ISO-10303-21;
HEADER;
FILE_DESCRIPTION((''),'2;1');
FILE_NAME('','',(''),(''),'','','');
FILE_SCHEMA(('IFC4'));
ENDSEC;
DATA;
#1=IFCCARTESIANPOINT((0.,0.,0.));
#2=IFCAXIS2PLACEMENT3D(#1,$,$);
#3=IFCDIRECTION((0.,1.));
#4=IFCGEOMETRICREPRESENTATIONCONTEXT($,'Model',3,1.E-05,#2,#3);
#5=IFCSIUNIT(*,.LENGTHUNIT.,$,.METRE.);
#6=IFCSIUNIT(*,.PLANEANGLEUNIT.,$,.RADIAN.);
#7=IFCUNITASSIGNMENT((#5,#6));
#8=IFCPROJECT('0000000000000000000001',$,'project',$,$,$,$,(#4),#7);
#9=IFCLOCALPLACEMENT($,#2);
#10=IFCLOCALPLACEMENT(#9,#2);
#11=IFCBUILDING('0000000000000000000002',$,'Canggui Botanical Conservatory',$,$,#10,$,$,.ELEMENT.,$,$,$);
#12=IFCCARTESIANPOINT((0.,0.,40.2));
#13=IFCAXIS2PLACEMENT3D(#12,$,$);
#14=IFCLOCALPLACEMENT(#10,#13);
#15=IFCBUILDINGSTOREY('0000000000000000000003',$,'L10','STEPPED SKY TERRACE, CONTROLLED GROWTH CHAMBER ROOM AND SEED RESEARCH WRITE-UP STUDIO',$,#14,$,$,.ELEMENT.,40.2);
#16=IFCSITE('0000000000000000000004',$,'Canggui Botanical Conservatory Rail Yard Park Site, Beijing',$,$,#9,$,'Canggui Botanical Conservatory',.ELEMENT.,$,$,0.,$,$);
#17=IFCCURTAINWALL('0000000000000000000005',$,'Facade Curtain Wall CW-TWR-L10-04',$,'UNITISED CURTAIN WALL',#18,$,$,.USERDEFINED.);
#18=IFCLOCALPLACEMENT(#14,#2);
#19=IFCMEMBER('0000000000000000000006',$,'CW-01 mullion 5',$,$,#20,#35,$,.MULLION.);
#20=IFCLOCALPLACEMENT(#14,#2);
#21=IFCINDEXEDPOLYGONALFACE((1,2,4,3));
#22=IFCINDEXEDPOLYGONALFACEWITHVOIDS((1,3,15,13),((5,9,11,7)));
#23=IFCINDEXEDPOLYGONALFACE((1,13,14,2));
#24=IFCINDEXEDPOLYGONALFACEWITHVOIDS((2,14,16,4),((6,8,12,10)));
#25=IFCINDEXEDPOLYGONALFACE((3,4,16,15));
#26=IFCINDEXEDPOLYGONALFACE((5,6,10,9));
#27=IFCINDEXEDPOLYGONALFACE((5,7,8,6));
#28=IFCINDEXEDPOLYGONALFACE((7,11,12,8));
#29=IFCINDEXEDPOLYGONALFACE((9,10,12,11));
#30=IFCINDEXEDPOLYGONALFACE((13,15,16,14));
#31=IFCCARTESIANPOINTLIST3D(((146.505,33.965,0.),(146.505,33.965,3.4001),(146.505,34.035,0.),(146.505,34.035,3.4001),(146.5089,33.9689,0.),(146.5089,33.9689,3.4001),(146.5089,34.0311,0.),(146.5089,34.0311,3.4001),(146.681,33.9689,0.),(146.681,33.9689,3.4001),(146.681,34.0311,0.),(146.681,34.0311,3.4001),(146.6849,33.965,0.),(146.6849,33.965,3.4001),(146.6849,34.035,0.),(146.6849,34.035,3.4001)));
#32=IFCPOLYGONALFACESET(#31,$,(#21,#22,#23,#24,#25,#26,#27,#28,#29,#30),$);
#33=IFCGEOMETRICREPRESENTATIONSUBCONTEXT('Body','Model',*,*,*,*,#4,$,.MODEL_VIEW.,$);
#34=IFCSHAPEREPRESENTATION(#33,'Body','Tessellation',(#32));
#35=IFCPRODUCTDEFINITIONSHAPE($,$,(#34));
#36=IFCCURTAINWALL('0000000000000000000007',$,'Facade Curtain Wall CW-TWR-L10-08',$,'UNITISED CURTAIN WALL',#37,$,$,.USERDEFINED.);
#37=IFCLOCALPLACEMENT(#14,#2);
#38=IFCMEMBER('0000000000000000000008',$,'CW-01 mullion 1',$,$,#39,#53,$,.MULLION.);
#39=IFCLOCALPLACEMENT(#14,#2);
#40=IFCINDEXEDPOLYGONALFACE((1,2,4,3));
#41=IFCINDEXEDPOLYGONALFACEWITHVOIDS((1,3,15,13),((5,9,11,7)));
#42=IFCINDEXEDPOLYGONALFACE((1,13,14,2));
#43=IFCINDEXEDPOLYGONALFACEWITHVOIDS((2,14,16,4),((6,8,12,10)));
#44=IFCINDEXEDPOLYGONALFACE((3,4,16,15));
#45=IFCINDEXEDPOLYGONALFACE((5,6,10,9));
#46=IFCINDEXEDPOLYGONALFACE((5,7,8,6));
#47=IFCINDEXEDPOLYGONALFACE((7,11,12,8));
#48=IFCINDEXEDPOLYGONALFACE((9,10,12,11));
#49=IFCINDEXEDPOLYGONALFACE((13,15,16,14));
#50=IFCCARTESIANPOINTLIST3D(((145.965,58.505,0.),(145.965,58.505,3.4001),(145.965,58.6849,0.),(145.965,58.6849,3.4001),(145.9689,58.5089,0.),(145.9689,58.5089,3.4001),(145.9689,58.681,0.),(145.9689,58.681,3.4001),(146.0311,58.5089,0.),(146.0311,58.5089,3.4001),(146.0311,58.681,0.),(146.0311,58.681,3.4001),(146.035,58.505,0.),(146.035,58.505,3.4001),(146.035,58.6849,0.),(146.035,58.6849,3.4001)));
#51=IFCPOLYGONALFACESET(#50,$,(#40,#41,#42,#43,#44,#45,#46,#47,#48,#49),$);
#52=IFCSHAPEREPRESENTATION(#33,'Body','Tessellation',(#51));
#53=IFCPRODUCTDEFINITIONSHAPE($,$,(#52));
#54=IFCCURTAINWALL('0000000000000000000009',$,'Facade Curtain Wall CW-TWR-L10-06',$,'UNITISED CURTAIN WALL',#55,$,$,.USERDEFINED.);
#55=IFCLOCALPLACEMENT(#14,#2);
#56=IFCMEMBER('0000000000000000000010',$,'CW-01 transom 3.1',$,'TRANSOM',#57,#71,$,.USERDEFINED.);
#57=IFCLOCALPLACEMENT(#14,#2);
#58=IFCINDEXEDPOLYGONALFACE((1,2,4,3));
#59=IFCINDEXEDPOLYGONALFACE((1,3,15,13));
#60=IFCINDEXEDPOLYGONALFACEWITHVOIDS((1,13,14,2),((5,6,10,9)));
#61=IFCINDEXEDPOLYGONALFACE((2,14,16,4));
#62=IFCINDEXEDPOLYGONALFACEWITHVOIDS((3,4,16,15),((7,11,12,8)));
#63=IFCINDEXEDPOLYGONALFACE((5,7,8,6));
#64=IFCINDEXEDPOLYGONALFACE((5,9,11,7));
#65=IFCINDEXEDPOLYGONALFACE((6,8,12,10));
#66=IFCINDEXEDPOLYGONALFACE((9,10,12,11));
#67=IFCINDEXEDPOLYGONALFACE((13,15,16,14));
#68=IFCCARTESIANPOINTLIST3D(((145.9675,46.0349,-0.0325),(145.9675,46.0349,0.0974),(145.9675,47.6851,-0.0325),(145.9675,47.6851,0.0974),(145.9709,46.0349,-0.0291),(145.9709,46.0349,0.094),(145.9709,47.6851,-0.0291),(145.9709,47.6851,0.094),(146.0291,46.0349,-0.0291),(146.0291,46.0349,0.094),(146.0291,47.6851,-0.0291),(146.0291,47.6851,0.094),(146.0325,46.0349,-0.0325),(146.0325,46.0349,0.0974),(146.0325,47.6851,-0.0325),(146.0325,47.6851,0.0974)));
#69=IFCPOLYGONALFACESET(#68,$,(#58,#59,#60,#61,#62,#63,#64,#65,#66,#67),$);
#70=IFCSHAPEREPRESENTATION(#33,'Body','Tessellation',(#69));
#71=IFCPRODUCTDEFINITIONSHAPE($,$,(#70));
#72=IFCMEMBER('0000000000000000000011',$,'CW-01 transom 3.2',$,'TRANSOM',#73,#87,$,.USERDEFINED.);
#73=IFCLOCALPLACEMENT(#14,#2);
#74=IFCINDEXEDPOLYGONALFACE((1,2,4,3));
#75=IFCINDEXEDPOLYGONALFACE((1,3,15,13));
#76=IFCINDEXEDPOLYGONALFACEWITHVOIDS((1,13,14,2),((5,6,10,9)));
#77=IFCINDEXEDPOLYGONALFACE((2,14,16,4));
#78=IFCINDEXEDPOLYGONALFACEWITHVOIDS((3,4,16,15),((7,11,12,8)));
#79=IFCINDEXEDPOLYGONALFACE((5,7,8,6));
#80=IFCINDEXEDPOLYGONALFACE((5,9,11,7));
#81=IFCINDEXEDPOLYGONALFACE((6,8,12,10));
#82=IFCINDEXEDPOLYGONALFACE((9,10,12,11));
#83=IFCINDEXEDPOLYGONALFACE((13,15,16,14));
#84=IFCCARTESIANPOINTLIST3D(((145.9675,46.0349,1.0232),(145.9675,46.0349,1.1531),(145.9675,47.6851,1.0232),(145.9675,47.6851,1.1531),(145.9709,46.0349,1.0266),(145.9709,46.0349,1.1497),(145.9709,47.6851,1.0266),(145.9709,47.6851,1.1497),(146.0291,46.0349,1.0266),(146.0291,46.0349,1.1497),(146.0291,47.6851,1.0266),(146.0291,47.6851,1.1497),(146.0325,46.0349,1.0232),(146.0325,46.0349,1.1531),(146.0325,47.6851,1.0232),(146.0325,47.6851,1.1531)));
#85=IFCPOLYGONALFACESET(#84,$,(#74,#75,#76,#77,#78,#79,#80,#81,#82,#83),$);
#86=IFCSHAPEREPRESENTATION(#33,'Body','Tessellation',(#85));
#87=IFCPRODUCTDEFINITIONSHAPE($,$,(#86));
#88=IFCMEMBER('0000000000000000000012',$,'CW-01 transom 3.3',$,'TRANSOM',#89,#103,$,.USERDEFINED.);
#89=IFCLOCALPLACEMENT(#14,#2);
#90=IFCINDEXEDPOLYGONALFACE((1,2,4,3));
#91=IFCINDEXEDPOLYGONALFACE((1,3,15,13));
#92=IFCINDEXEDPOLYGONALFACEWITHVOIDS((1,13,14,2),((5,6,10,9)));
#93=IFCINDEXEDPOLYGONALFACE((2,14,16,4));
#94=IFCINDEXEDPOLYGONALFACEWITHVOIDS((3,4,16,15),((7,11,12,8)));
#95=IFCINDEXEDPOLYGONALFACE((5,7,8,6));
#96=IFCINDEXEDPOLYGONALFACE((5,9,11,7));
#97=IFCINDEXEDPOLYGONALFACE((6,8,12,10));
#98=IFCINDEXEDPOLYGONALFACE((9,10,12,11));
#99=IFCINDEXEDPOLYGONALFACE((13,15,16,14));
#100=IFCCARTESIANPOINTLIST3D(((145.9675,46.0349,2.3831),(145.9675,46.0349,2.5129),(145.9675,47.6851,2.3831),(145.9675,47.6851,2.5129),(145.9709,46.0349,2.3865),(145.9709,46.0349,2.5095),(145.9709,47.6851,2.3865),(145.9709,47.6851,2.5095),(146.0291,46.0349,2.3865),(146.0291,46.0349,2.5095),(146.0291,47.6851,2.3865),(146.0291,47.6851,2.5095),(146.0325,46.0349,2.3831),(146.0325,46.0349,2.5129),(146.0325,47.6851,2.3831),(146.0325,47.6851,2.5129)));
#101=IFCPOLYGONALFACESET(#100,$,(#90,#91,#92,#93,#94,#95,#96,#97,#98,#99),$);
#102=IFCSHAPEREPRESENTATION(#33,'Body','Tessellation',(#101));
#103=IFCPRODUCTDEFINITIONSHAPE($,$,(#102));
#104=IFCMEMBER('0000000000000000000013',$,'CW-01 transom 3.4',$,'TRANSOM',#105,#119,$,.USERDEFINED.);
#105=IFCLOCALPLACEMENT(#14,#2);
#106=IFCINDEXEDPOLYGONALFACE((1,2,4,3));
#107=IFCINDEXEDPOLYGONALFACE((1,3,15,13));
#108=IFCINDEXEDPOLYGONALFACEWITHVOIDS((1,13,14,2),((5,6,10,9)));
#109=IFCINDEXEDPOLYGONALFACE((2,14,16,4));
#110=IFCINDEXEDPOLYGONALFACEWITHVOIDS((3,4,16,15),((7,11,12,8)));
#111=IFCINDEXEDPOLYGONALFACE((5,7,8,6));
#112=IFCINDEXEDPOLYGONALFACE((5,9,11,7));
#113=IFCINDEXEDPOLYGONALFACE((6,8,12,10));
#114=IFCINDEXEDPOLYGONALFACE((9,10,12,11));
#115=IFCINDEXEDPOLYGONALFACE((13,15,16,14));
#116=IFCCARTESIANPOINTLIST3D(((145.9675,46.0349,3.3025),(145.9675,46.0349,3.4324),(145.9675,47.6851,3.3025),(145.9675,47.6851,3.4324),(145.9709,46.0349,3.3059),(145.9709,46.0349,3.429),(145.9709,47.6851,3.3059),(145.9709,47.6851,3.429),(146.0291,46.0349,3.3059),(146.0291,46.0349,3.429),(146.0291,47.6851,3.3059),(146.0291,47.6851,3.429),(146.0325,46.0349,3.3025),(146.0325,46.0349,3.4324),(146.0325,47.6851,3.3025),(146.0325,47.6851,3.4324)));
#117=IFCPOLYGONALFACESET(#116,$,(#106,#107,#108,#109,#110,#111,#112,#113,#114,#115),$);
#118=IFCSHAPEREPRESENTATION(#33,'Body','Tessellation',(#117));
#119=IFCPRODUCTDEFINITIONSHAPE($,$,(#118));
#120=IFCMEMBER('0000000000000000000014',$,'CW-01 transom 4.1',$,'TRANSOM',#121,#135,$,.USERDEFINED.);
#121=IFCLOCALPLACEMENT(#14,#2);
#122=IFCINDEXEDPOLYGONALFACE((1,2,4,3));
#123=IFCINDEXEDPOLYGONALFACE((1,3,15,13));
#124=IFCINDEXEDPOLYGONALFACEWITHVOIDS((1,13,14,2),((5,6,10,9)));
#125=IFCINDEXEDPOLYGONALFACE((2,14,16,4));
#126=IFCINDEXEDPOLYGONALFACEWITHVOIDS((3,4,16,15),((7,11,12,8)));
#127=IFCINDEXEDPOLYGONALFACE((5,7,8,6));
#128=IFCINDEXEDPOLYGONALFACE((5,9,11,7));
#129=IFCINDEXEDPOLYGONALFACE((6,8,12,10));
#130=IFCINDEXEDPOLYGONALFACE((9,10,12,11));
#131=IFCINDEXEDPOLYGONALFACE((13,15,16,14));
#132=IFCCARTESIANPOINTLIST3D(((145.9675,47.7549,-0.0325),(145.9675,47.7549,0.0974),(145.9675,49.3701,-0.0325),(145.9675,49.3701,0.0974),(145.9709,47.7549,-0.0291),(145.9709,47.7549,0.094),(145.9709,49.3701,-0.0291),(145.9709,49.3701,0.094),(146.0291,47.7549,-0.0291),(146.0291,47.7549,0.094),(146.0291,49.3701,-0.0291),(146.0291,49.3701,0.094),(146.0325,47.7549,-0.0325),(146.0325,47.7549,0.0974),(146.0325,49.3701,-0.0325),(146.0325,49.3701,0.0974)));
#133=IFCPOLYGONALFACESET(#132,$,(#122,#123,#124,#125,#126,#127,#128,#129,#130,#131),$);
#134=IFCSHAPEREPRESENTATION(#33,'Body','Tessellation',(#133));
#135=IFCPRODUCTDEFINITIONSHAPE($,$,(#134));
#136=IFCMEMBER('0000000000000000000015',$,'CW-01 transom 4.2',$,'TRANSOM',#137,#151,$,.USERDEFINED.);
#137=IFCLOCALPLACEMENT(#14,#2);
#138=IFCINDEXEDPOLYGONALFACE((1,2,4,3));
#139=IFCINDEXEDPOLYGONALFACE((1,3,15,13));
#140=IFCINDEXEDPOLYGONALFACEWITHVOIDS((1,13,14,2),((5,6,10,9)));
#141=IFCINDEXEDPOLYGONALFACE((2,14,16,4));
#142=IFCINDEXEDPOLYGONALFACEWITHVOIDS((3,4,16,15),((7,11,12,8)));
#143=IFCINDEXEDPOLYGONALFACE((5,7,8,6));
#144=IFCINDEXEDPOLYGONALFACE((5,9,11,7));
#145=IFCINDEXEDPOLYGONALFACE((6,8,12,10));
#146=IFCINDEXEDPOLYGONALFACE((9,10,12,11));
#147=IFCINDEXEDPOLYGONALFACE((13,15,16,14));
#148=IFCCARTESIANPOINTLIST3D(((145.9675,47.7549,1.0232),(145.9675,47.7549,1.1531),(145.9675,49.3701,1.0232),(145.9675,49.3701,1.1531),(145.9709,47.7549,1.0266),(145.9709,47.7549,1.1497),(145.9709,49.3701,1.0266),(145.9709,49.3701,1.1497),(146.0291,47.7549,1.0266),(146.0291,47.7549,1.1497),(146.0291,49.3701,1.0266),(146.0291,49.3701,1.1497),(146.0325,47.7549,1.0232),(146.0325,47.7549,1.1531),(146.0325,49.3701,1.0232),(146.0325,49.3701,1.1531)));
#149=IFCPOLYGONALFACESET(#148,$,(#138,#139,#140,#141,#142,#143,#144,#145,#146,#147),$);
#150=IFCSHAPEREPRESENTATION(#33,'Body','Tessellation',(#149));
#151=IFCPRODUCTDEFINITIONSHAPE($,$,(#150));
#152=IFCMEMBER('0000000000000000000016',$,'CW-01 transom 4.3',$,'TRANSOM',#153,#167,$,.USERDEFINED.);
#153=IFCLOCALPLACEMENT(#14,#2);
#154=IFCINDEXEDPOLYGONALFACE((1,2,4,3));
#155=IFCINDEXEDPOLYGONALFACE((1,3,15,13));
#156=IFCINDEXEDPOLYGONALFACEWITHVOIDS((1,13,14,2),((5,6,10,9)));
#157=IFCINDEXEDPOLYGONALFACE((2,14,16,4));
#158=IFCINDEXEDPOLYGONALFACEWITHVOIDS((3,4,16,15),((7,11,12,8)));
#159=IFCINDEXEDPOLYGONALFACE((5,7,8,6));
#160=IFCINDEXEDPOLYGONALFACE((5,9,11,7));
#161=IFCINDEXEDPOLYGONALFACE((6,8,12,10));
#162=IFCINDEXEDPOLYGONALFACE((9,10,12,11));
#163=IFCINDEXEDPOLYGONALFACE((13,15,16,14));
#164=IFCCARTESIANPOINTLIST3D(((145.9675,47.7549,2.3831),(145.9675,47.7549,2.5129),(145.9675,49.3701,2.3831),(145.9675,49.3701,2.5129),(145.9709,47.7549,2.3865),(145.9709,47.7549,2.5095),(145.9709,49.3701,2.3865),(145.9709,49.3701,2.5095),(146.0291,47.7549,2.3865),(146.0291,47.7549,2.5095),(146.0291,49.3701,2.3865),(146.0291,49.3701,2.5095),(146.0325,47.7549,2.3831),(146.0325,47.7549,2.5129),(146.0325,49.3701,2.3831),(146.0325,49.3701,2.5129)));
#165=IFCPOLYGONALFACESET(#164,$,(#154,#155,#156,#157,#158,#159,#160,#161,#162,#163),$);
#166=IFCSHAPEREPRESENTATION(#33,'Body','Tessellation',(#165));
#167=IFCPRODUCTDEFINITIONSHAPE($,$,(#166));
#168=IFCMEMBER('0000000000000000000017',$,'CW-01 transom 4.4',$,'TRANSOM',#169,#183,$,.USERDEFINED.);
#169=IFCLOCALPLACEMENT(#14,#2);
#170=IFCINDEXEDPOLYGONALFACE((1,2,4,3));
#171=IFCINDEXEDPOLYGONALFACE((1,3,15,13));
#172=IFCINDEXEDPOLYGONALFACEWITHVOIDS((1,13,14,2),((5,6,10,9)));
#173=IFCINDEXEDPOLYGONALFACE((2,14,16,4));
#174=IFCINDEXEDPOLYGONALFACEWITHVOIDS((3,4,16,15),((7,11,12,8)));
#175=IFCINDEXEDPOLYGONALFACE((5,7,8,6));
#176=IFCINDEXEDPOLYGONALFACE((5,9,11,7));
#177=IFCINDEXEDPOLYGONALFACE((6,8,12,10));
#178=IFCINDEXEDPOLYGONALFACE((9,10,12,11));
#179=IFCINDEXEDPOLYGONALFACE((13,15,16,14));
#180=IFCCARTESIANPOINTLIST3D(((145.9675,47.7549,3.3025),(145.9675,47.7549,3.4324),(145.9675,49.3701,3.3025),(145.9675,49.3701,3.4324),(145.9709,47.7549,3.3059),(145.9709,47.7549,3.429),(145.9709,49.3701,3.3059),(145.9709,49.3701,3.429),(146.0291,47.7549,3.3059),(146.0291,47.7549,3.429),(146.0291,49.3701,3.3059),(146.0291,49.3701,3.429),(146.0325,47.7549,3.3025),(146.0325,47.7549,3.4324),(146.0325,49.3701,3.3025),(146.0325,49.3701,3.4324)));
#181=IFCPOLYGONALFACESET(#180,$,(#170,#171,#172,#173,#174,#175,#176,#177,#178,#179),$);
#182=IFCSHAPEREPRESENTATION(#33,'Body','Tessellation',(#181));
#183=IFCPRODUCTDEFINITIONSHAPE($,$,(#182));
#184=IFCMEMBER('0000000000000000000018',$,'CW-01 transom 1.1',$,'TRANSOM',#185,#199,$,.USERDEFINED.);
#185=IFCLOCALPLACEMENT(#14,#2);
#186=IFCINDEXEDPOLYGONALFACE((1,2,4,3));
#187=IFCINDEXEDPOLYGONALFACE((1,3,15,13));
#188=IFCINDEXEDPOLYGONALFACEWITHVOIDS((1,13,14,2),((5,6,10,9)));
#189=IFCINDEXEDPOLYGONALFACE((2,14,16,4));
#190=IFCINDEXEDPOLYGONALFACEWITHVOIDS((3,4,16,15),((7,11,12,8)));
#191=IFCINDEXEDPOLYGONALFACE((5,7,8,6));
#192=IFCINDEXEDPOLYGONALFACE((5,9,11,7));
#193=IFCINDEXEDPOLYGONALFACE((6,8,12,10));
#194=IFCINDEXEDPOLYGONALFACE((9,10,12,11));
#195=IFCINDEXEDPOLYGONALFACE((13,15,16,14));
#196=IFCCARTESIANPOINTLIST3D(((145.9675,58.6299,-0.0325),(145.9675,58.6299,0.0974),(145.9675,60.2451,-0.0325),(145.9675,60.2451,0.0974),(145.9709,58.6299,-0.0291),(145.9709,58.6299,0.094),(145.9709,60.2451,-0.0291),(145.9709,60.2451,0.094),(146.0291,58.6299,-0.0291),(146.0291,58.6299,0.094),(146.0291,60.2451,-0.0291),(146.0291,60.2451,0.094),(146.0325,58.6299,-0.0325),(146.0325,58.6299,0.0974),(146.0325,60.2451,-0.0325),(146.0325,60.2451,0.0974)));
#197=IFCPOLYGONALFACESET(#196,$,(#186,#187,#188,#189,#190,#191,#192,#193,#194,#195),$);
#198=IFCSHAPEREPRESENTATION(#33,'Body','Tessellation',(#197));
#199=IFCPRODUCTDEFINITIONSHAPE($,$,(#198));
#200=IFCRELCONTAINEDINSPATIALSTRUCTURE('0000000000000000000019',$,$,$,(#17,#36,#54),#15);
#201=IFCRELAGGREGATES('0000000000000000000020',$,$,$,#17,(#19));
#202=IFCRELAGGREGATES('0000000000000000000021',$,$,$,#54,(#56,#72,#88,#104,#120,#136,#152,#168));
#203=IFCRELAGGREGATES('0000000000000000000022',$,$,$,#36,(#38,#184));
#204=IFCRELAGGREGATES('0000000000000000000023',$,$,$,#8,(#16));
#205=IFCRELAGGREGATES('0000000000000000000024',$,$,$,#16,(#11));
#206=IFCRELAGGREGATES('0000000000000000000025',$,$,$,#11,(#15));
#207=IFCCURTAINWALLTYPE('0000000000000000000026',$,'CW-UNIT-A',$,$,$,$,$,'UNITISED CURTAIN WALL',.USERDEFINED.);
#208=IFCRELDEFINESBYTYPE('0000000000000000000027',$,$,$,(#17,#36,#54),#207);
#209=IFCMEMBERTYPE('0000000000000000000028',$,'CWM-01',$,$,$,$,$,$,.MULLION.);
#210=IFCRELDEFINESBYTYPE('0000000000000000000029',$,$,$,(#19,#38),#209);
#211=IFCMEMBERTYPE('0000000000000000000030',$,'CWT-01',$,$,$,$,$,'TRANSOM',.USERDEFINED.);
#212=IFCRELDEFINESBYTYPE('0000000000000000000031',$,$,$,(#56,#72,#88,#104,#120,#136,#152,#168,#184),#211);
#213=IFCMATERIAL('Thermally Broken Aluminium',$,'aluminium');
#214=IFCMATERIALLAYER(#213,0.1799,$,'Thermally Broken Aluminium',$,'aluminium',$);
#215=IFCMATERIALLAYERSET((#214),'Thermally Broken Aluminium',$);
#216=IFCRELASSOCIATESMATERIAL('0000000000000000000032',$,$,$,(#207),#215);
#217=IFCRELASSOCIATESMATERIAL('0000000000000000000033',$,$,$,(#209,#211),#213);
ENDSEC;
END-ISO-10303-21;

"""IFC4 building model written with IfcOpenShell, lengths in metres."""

from ifc_helpers import new_model, si_unit, direction, frame, origin, origin_2d, place, context, subcontext, project, spatial, hollow_rectangle, extrude, material, layer, layer_set, material_profile, profile_set, type_object, element, aggregate, save


model = new_model("IFC4")

# Units and contexts
model_context = context("Model", 3, precision=1e-05, world=origin(), true_north=direction((0.0, 1.0)))
body_context = subcontext(model_context, "Body", "Model", "MODEL_VIEW")
ifc_project = project(units=[si_unit("LENGTHUNIT", "METRE"), si_unit("PLANEANGLEUNIT", "RADIAN")], contexts=[model_context])

# Site, building, storey
site_placement = place(None, origin())
site = spatial("IfcSite", under=ifc_project, at=site_placement, Name="Canggui Botanical Conservatory Rail Yard Park Site, Beijing", LongName="Canggui Botanical Conservatory", CompositionType="ELEMENT", RefElevation=0.0)
building_placement = place(site_placement, origin())
building = spatial("IfcBuilding", under=site, at=building_placement, Name="Canggui Botanical Conservatory", CompositionType="ELEMENT")
storey_placement = place(building_placement, frame((0.0, 0.0, 40.2)))
storey = spatial("IfcBuildingStorey", under=building, at=storey_placement, Name="L10", Description="STEPPED SKY TERRACE, CONTROLLED GROWTH CHAMBER ROOM AND SEED RESEARCH WRITE-UP STUDIO", CompositionType="ELEMENT", Elevation=40.2)

# Curtain walls, members
ifc_material_1 = material(Name="Thermally Broken Aluminium", Category="aluminium")
ifc_layer_1 = layer(ifc_material_1, 0.1799, Name="Thermally Broken Aluminium", Category="aluminium")
ifc_layer_set_1 = layer_set([ifc_layer_1], Name="Thermally Broken Aluminium")
curtain_wall_type = type_object("IfcCurtainWallType", Name="CW-UNIT-A", ElementType="UNITISED CURTAIN WALL", PredefinedType="USERDEFINED", material=ifc_layer_set_1)
curtain_wall_1_placement = place(storey_placement, origin())
curtain_wall_1 = element("IfcCurtainWall", 1, at=curtain_wall_1_placement, inside=storey, type_object=curtain_wall_type, Name="Facade Curtain Wall CW-TWR-L10-04", ObjectType="UNITISED CURTAIN WALL", PredefinedType="USERDEFINED")
ifc_material_profile_1 = material_profile(ifc_material_1, hollow_rectangle(XDim=0.0701, YDim=0.1799, WallThickness=0.0039, at=origin_2d()), Name="CWM 70x180x4")
ifc_profile_set_1 = profile_set([ifc_material_profile_1], Name="Thermally Broken Aluminium")
member_type_1 = type_object("IfcMemberType", Name="CWM-01", PredefinedType="MULLION", material=ifc_profile_set_1)
member_1_placement = place(storey_placement, frame((146.595, 34.0, 0.0), z_axis=(0.0, 0.0, 1.0), x_axis=(0.0, -1.0, 0.0)))
member_1 = element("IfcMember", 2, at=member_1_placement, type_object=member_type_1, Name="CW-01 mullion 5", PredefinedType="MULLION", context=body_context, shape_type="SweptSolid", body=[
    extrude(hollow_rectangle(XDim=0.0701, YDim=0.1799, WallThickness=0.0039, at=origin_2d()), origin(), (0.0, 0.0, 1.0), 3.4001),
])
curtain_wall_2_placement = place(storey_placement, origin())
curtain_wall_2 = element("IfcCurtainWall", 3, at=curtain_wall_2_placement, inside=storey, type_object=curtain_wall_type, Name="Facade Curtain Wall CW-TWR-L10-08", ObjectType="UNITISED CURTAIN WALL", PredefinedType="USERDEFINED")
member_2_placement = place(storey_placement, frame((146.0, 58.595, 0.0), z_axis=(0.0, 0.0, 1.0), x_axis=(-1.0, 0.0, 0.0)))
member_2 = element("IfcMember", 4, at=member_2_placement, type_object=member_type_1, Name="CW-01 mullion 1", PredefinedType="MULLION", context=body_context, shape_type="SweptSolid", body=[
    extrude(hollow_rectangle(XDim=0.0701, YDim=0.1799, WallThickness=0.0039, at=origin_2d()), origin(), (0.0, 0.0, 1.0), 3.4001),
])

# Curtain wall, members
curtain_wall_3_placement = place(storey_placement, origin())
curtain_wall_3 = element("IfcCurtainWall", 5, at=curtain_wall_3_placement, inside=storey, type_object=curtain_wall_type, Name="Facade Curtain Wall CW-TWR-L10-06", ObjectType="UNITISED CURTAIN WALL", PredefinedType="USERDEFINED")
ifc_material_profile_2 = material_profile(ifc_material_1, hollow_rectangle(XDim=0.0649, YDim=0.1299, WallThickness=0.0034, at=origin_2d()), Name="CWT 65x130x3.5")
ifc_profile_set_2 = profile_set([ifc_material_profile_2], Name="Thermally Broken Aluminium")
member_type_2 = type_object("IfcMemberType", Name="CWT-01", ElementType="TRANSOM", PredefinedType="USERDEFINED", material=ifc_profile_set_2)
member_3_placement = place(storey_placement, frame((146.0, 46.0349, 0.0325), z_axis=(0.0, 1.0, 0.0), x_axis=(-1.0, 0.0, 0.0)))
member_3 = element("IfcMember", 6, at=member_3_placement, type_object=member_type_2, Name="CW-01 transom 3.1", ObjectType="TRANSOM", PredefinedType="USERDEFINED", context=body_context, shape_type="SweptSolid", body=[
    extrude(hollow_rectangle(XDim=0.0649, YDim=0.1299, WallThickness=0.0034, at=origin_2d()), origin(), (0.0, 0.0, 1.0), 1.6501),
])
member_4_placement = place(storey_placement, frame((146.0, 46.0349, 1.0881), z_axis=(0.0, 1.0, 0.0), x_axis=(-1.0, 0.0, 0.0)))
member_4 = element("IfcMember", 7, at=member_4_placement, type_object=member_type_2, Name="CW-01 transom 3.2", ObjectType="TRANSOM", PredefinedType="USERDEFINED", context=body_context, shape_type="SweptSolid", body=[
    extrude(hollow_rectangle(XDim=0.0649, YDim=0.1299, WallThickness=0.0034, at=origin_2d()), origin(), (0.0, 0.0, 1.0), 1.6501),
])
member_5_placement = place(storey_placement, frame((146.0, 46.0349, 2.448), z_axis=(0.0, 1.0, 0.0), x_axis=(-1.0, 0.0, 0.0)))
member_5 = element("IfcMember", 8, at=member_5_placement, type_object=member_type_2, Name="CW-01 transom 3.3", ObjectType="TRANSOM", PredefinedType="USERDEFINED", context=body_context, shape_type="SweptSolid", body=[
    extrude(hollow_rectangle(XDim=0.0649, YDim=0.1299, WallThickness=0.0034, at=origin_2d()), origin(), (0.0, 0.0, 1.0), 1.6501),
])
member_6_placement = place(storey_placement, frame((146.0, 46.0349, 3.3674), z_axis=(0.0, 1.0, 0.0), x_axis=(-1.0, 0.0, 0.0)))
member_6 = element("IfcMember", 9, at=member_6_placement, type_object=member_type_2, Name="CW-01 transom 3.4", ObjectType="TRANSOM", PredefinedType="USERDEFINED", context=body_context, shape_type="SweptSolid", body=[
    extrude(hollow_rectangle(XDim=0.0649, YDim=0.1299, WallThickness=0.0034, at=origin_2d()), origin(), (0.0, 0.0, 1.0), 1.6501),
])
member_7_placement = place(storey_placement, frame((146.0, 47.7549, 0.0325), z_axis=(0.0, 1.0, 0.0), x_axis=(-1.0, 0.0, 0.0)))
member_7 = element("IfcMember", 10, at=member_7_placement, type_object=member_type_2, Name="CW-01 transom 4.1", ObjectType="TRANSOM", PredefinedType="USERDEFINED", context=body_context, shape_type="SweptSolid", body=[
    extrude(hollow_rectangle(XDim=0.0649, YDim=0.1299, WallThickness=0.0034, at=origin_2d()), origin(), (0.0, 0.0, 1.0), 1.6152),
])
member_8_placement = place(storey_placement, frame((146.0, 47.7549, 1.0881), z_axis=(0.0, 1.0, 0.0), x_axis=(-1.0, 0.0, 0.0)))
member_8 = element("IfcMember", 11, at=member_8_placement, type_object=member_type_2, Name="CW-01 transom 4.2", ObjectType="TRANSOM", PredefinedType="USERDEFINED", context=body_context, shape_type="SweptSolid", body=[
    extrude(hollow_rectangle(XDim=0.0649, YDim=0.1299, WallThickness=0.0034, at=origin_2d()), origin(), (0.0, 0.0, 1.0), 1.6152),
])
member_9_placement = place(storey_placement, frame((146.0, 47.7549, 2.448), z_axis=(0.0, 1.0, 0.0), x_axis=(-1.0, 0.0, 0.0)))
member_9 = element("IfcMember", 12, at=member_9_placement, type_object=member_type_2, Name="CW-01 transom 4.3", ObjectType="TRANSOM", PredefinedType="USERDEFINED", context=body_context, shape_type="SweptSolid", body=[
    extrude(hollow_rectangle(XDim=0.0649, YDim=0.1299, WallThickness=0.0034, at=origin_2d()), origin(), (0.0, 0.0, 1.0), 1.6152),
])
member_10_placement = place(storey_placement, frame((146.0, 47.7549, 3.3674), z_axis=(0.0, 1.0, 0.0), x_axis=(-1.0, 0.0, 0.0)))
member_10 = element("IfcMember", 13, at=member_10_placement, type_object=member_type_2, Name="CW-01 transom 4.4", ObjectType="TRANSOM", PredefinedType="USERDEFINED", context=body_context, shape_type="SweptSolid", body=[
    extrude(hollow_rectangle(XDim=0.0649, YDim=0.1299, WallThickness=0.0034, at=origin_2d()), origin(), (0.0, 0.0, 1.0), 1.6152),
])

# Member
member_11_placement = place(storey_placement, frame((146.0, 58.6299, 0.0325), z_axis=(0.0, 1.0, 0.0), x_axis=(-1.0, 0.0, 0.0)))
member_11 = element("IfcMember", 14, at=member_11_placement, type_object=member_type_2, Name="CW-01 transom 1.1", ObjectType="TRANSOM", PredefinedType="USERDEFINED", context=body_context, shape_type="SweptSolid", body=[
    extrude(hollow_rectangle(XDim=0.0649, YDim=0.1299, WallThickness=0.0034, at=origin_2d()), origin(), (0.0, 0.0, 1.0), 1.6152),
])

aggregate(curtain_wall_1, [member_1])
aggregate(curtain_wall_3, [member_3, member_4, member_5, member_6, member_7, member_8, member_9, member_10])
aggregate(curtain_wall_2, [member_2, member_11])

save(model, "model.ifc")
